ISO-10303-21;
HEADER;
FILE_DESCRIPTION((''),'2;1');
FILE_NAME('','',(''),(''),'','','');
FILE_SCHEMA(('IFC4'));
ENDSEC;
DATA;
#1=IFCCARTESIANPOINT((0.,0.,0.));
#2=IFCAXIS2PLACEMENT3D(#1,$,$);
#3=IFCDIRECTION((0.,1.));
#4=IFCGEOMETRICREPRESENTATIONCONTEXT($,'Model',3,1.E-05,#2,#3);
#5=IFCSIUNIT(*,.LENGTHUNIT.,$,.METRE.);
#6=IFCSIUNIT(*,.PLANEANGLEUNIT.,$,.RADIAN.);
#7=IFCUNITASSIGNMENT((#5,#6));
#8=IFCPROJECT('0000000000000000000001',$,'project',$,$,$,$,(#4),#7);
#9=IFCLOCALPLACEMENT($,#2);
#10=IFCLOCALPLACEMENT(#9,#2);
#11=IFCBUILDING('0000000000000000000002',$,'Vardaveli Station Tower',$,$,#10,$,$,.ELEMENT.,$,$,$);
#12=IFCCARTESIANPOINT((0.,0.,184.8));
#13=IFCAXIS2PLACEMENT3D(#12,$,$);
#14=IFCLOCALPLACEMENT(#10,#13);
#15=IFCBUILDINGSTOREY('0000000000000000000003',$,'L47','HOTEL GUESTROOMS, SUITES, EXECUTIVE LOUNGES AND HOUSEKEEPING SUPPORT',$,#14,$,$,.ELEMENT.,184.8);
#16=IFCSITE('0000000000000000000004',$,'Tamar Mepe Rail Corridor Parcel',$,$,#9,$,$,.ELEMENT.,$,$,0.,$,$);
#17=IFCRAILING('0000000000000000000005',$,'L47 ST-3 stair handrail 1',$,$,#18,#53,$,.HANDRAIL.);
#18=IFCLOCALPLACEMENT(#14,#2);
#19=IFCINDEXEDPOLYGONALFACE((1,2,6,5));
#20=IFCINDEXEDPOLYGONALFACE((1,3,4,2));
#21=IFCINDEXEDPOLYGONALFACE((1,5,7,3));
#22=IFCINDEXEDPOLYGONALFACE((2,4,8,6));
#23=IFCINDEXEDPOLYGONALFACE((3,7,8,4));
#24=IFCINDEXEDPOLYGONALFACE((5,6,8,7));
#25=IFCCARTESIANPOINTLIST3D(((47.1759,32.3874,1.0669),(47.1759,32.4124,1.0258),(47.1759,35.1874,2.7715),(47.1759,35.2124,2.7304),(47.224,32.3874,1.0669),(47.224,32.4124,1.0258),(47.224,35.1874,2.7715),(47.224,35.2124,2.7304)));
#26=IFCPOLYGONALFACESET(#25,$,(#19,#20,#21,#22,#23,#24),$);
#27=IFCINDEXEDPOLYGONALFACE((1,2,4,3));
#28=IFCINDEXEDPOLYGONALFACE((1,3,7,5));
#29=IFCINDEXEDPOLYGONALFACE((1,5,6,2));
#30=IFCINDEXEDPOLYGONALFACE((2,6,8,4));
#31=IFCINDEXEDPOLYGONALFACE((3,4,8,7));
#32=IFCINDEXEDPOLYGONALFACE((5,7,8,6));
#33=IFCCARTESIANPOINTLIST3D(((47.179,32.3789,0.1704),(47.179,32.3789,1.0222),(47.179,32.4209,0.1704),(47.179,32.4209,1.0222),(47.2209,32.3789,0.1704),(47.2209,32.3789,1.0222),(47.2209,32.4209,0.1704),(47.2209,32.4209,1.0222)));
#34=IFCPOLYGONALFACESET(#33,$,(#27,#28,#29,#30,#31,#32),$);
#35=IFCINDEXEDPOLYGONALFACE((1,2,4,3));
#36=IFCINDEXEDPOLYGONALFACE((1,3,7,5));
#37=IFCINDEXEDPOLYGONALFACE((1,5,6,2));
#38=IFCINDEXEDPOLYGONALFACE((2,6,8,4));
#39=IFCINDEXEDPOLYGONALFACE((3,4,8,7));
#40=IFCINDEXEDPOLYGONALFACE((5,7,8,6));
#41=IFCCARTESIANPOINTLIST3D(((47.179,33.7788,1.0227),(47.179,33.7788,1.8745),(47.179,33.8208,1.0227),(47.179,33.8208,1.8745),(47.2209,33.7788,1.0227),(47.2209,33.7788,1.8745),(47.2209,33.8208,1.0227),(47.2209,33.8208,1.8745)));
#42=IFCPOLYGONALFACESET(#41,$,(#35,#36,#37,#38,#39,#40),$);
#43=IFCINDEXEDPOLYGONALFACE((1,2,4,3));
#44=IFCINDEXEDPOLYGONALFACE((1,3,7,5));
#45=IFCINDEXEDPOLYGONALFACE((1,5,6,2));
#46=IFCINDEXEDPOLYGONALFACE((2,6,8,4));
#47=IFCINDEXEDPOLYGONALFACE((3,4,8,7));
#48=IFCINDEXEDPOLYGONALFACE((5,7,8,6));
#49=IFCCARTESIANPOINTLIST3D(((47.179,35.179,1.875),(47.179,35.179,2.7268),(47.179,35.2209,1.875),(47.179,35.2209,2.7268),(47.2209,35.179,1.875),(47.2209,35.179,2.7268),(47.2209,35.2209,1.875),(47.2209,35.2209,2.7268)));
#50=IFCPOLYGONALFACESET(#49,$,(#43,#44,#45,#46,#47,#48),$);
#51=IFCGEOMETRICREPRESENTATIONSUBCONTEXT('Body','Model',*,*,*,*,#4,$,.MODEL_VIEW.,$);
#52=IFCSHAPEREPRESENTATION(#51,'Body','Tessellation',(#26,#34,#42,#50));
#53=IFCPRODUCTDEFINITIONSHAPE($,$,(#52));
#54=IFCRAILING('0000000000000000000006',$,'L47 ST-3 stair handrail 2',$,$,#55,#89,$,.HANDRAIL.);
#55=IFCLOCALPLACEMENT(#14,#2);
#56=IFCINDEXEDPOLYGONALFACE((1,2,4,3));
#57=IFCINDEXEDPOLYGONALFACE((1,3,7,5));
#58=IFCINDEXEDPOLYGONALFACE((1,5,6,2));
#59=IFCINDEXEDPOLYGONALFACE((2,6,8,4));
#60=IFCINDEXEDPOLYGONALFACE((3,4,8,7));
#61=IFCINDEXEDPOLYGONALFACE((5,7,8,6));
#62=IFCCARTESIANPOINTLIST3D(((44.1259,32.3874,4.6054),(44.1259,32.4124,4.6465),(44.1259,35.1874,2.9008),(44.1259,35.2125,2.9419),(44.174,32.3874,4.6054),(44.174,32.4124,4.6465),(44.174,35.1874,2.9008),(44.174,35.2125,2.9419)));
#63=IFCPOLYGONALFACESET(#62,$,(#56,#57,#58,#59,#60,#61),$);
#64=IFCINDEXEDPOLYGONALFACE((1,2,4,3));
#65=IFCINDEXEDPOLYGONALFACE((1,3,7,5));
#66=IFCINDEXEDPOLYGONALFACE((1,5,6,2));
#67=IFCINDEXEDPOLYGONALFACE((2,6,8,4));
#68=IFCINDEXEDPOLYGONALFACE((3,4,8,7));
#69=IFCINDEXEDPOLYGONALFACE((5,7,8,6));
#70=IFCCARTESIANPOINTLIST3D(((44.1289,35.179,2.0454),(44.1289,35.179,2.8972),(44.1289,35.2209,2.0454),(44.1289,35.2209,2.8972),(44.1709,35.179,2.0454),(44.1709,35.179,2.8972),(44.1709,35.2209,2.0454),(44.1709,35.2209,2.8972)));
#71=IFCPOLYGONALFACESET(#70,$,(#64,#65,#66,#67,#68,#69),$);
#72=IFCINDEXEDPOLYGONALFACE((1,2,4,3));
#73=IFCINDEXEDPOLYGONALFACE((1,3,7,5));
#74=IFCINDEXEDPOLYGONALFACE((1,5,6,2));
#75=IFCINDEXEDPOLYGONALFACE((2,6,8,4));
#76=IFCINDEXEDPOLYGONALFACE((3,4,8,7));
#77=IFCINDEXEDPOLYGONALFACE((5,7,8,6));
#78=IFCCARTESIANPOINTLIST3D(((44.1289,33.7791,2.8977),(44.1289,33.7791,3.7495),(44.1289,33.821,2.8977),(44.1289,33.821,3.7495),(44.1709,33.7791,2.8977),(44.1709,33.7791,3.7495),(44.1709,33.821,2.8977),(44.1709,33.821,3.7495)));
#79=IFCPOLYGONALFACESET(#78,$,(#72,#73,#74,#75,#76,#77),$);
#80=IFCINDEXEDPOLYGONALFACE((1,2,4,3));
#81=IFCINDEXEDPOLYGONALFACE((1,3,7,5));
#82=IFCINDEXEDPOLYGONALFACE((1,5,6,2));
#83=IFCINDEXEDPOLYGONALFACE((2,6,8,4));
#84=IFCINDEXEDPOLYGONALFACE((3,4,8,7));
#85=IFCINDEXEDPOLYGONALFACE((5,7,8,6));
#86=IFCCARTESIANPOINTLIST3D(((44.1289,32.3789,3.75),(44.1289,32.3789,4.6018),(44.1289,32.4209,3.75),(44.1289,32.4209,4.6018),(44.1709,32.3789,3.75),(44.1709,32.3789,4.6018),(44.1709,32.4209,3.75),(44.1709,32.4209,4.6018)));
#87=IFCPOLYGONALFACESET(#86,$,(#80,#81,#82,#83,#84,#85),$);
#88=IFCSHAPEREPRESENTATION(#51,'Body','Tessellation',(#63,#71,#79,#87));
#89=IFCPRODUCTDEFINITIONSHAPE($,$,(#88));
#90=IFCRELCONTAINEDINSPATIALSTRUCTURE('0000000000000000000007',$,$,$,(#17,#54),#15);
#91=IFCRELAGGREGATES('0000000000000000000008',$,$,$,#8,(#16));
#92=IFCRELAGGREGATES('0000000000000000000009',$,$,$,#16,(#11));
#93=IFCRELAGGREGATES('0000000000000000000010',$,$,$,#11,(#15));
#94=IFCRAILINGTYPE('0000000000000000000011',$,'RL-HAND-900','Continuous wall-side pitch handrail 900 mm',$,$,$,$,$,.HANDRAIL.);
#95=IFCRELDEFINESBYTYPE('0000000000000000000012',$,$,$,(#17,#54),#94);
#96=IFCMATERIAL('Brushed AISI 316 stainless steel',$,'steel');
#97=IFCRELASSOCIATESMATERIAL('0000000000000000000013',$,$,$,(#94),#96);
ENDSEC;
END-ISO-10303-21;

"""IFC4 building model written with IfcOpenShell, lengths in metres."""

from ifc_helpers import new_model, si_unit, direction, frame, origin, origin_2d, place, context, subcontext, project, spatial, rectangle, extrude, source, transform, mapped, material, type_object, element, save


model = new_model("IFC4")

# Units and contexts
model_context = context("Model", 3, precision=1e-05, world=origin(), true_north=direction((0.0, 1.0)))
body_context = subcontext(model_context, "Body", "Model", "MODEL_VIEW")
ifc_project = project(units=[si_unit("LENGTHUNIT", "METRE"), si_unit("PLANEANGLEUNIT", "RADIAN")], contexts=[model_context])

# Site, building, storey
site_placement = place(None, origin())
site = spatial("IfcSite", under=ifc_project, at=site_placement, Name="Tamar Mepe Rail Corridor Parcel", CompositionType="ELEMENT", RefElevation=0.0)
building_placement = place(site_placement, origin())
building = spatial("IfcBuilding", under=site, at=building_placement, Name="Vardaveli Station Tower", CompositionType="ELEMENT")
storey_placement = place(building_placement, frame((0.0, 0.0, 184.8)))
storey = spatial("IfcBuildingStorey", under=building, at=storey_placement, Name="L47", Description="HOTEL GUESTROOMS, SUITES, EXECUTIVE LOUNGES AND HOUSEKEEPING SUPPORT", CompositionType="ELEMENT", Elevation=184.8)

# Railings
ifc_material_1 = material(Name="Brushed AISI 316 stainless steel", Category="steel")
railing_type_1 = type_object("IfcRailingType", Name="RL-HAND-900", Description="Continuous wall-side pitch handrail 900 mm", PredefinedType="HANDRAIL", material=ifc_material_1)
shared_shape_1 = source(origin(), body_context, "Body", "SweptSolid", [
    extrude(rectangle(XDim=0.0481, YDim=0.0481, at=origin_2d()), frame((0.0, 0.0, 0.876), z_axis=(0.0, 0.85417, 0.519994), x_axis=(-1.0, 0.0, 0.0)), (0.0, 0.0, 1.0), 3.2781),
    extrude(rectangle(XDim=0.042, YDim=0.042, at=origin_2d()), origin(), (0.0, 0.0, 1.0), 0.8518),
    extrude(rectangle(XDim=0.042, YDim=0.042, at=origin_2d()), frame((0.0, 1.3999, 0.8523)), (0.0, 0.0, 1.0), 0.8518),
    extrude(rectangle(XDim=0.042, YDim=0.042, at=origin_2d()), frame((0.0, 2.8, 1.7046)), (0.0, 0.0, 1.0), 0.8518),
])
railing_1_placement = place(storey_placement, frame((47.2, 32.3999, 0.1704)))
element("IfcRailing", 1, at=railing_1_placement, inside=storey, type_object=railing_type_1, Name="L47 ST-3 stair handrail 1", PredefinedType="HANDRAIL", context=body_context, shape_type="MappedRepresentation", body=[
    mapped(shared_shape_1, transform((0.0, 0.0, 0.0), scale=1.0)),
])
shared_shape_2 = source(origin(), body_context, "Body", "SweptSolid", [
    extrude(rectangle(XDim=0.0481, YDim=0.0481, at=origin_2d()), frame((0.0, 0.0, 0.876), z_axis=(0.0, -0.85417, 0.519994), x_axis=(1.0, 0.0, 0.0)), (0.0, 0.0, 1.0), 3.2781),
    extrude(rectangle(XDim=0.042, YDim=0.042, at=origin_2d()), origin(), (0.0, 0.0, 1.0), 0.8518),
    extrude(rectangle(XDim=0.042, YDim=0.042, at=origin_2d()), frame((0.0, -1.3999, 0.8523)), (0.0, 0.0, 1.0), 0.8518),
    extrude(rectangle(XDim=0.042, YDim=0.042, at=origin_2d()), frame((0.0, -2.8, 1.7046)), (0.0, 0.0, 1.0), 0.8518),
])
railing_2_placement = place(storey_placement, frame((44.1499, 35.2, 2.0454)))
element("IfcRailing", 2, at=railing_2_placement, inside=storey, type_object=railing_type_1, Name="L47 ST-3 stair handrail 2", PredefinedType="HANDRAIL", context=body_context, shape_type="MappedRepresentation", body=[
    mapped(shared_shape_2, transform((0.0, 0.0, 0.0), scale=1.0)),
])

save(model, "model.ifc")
